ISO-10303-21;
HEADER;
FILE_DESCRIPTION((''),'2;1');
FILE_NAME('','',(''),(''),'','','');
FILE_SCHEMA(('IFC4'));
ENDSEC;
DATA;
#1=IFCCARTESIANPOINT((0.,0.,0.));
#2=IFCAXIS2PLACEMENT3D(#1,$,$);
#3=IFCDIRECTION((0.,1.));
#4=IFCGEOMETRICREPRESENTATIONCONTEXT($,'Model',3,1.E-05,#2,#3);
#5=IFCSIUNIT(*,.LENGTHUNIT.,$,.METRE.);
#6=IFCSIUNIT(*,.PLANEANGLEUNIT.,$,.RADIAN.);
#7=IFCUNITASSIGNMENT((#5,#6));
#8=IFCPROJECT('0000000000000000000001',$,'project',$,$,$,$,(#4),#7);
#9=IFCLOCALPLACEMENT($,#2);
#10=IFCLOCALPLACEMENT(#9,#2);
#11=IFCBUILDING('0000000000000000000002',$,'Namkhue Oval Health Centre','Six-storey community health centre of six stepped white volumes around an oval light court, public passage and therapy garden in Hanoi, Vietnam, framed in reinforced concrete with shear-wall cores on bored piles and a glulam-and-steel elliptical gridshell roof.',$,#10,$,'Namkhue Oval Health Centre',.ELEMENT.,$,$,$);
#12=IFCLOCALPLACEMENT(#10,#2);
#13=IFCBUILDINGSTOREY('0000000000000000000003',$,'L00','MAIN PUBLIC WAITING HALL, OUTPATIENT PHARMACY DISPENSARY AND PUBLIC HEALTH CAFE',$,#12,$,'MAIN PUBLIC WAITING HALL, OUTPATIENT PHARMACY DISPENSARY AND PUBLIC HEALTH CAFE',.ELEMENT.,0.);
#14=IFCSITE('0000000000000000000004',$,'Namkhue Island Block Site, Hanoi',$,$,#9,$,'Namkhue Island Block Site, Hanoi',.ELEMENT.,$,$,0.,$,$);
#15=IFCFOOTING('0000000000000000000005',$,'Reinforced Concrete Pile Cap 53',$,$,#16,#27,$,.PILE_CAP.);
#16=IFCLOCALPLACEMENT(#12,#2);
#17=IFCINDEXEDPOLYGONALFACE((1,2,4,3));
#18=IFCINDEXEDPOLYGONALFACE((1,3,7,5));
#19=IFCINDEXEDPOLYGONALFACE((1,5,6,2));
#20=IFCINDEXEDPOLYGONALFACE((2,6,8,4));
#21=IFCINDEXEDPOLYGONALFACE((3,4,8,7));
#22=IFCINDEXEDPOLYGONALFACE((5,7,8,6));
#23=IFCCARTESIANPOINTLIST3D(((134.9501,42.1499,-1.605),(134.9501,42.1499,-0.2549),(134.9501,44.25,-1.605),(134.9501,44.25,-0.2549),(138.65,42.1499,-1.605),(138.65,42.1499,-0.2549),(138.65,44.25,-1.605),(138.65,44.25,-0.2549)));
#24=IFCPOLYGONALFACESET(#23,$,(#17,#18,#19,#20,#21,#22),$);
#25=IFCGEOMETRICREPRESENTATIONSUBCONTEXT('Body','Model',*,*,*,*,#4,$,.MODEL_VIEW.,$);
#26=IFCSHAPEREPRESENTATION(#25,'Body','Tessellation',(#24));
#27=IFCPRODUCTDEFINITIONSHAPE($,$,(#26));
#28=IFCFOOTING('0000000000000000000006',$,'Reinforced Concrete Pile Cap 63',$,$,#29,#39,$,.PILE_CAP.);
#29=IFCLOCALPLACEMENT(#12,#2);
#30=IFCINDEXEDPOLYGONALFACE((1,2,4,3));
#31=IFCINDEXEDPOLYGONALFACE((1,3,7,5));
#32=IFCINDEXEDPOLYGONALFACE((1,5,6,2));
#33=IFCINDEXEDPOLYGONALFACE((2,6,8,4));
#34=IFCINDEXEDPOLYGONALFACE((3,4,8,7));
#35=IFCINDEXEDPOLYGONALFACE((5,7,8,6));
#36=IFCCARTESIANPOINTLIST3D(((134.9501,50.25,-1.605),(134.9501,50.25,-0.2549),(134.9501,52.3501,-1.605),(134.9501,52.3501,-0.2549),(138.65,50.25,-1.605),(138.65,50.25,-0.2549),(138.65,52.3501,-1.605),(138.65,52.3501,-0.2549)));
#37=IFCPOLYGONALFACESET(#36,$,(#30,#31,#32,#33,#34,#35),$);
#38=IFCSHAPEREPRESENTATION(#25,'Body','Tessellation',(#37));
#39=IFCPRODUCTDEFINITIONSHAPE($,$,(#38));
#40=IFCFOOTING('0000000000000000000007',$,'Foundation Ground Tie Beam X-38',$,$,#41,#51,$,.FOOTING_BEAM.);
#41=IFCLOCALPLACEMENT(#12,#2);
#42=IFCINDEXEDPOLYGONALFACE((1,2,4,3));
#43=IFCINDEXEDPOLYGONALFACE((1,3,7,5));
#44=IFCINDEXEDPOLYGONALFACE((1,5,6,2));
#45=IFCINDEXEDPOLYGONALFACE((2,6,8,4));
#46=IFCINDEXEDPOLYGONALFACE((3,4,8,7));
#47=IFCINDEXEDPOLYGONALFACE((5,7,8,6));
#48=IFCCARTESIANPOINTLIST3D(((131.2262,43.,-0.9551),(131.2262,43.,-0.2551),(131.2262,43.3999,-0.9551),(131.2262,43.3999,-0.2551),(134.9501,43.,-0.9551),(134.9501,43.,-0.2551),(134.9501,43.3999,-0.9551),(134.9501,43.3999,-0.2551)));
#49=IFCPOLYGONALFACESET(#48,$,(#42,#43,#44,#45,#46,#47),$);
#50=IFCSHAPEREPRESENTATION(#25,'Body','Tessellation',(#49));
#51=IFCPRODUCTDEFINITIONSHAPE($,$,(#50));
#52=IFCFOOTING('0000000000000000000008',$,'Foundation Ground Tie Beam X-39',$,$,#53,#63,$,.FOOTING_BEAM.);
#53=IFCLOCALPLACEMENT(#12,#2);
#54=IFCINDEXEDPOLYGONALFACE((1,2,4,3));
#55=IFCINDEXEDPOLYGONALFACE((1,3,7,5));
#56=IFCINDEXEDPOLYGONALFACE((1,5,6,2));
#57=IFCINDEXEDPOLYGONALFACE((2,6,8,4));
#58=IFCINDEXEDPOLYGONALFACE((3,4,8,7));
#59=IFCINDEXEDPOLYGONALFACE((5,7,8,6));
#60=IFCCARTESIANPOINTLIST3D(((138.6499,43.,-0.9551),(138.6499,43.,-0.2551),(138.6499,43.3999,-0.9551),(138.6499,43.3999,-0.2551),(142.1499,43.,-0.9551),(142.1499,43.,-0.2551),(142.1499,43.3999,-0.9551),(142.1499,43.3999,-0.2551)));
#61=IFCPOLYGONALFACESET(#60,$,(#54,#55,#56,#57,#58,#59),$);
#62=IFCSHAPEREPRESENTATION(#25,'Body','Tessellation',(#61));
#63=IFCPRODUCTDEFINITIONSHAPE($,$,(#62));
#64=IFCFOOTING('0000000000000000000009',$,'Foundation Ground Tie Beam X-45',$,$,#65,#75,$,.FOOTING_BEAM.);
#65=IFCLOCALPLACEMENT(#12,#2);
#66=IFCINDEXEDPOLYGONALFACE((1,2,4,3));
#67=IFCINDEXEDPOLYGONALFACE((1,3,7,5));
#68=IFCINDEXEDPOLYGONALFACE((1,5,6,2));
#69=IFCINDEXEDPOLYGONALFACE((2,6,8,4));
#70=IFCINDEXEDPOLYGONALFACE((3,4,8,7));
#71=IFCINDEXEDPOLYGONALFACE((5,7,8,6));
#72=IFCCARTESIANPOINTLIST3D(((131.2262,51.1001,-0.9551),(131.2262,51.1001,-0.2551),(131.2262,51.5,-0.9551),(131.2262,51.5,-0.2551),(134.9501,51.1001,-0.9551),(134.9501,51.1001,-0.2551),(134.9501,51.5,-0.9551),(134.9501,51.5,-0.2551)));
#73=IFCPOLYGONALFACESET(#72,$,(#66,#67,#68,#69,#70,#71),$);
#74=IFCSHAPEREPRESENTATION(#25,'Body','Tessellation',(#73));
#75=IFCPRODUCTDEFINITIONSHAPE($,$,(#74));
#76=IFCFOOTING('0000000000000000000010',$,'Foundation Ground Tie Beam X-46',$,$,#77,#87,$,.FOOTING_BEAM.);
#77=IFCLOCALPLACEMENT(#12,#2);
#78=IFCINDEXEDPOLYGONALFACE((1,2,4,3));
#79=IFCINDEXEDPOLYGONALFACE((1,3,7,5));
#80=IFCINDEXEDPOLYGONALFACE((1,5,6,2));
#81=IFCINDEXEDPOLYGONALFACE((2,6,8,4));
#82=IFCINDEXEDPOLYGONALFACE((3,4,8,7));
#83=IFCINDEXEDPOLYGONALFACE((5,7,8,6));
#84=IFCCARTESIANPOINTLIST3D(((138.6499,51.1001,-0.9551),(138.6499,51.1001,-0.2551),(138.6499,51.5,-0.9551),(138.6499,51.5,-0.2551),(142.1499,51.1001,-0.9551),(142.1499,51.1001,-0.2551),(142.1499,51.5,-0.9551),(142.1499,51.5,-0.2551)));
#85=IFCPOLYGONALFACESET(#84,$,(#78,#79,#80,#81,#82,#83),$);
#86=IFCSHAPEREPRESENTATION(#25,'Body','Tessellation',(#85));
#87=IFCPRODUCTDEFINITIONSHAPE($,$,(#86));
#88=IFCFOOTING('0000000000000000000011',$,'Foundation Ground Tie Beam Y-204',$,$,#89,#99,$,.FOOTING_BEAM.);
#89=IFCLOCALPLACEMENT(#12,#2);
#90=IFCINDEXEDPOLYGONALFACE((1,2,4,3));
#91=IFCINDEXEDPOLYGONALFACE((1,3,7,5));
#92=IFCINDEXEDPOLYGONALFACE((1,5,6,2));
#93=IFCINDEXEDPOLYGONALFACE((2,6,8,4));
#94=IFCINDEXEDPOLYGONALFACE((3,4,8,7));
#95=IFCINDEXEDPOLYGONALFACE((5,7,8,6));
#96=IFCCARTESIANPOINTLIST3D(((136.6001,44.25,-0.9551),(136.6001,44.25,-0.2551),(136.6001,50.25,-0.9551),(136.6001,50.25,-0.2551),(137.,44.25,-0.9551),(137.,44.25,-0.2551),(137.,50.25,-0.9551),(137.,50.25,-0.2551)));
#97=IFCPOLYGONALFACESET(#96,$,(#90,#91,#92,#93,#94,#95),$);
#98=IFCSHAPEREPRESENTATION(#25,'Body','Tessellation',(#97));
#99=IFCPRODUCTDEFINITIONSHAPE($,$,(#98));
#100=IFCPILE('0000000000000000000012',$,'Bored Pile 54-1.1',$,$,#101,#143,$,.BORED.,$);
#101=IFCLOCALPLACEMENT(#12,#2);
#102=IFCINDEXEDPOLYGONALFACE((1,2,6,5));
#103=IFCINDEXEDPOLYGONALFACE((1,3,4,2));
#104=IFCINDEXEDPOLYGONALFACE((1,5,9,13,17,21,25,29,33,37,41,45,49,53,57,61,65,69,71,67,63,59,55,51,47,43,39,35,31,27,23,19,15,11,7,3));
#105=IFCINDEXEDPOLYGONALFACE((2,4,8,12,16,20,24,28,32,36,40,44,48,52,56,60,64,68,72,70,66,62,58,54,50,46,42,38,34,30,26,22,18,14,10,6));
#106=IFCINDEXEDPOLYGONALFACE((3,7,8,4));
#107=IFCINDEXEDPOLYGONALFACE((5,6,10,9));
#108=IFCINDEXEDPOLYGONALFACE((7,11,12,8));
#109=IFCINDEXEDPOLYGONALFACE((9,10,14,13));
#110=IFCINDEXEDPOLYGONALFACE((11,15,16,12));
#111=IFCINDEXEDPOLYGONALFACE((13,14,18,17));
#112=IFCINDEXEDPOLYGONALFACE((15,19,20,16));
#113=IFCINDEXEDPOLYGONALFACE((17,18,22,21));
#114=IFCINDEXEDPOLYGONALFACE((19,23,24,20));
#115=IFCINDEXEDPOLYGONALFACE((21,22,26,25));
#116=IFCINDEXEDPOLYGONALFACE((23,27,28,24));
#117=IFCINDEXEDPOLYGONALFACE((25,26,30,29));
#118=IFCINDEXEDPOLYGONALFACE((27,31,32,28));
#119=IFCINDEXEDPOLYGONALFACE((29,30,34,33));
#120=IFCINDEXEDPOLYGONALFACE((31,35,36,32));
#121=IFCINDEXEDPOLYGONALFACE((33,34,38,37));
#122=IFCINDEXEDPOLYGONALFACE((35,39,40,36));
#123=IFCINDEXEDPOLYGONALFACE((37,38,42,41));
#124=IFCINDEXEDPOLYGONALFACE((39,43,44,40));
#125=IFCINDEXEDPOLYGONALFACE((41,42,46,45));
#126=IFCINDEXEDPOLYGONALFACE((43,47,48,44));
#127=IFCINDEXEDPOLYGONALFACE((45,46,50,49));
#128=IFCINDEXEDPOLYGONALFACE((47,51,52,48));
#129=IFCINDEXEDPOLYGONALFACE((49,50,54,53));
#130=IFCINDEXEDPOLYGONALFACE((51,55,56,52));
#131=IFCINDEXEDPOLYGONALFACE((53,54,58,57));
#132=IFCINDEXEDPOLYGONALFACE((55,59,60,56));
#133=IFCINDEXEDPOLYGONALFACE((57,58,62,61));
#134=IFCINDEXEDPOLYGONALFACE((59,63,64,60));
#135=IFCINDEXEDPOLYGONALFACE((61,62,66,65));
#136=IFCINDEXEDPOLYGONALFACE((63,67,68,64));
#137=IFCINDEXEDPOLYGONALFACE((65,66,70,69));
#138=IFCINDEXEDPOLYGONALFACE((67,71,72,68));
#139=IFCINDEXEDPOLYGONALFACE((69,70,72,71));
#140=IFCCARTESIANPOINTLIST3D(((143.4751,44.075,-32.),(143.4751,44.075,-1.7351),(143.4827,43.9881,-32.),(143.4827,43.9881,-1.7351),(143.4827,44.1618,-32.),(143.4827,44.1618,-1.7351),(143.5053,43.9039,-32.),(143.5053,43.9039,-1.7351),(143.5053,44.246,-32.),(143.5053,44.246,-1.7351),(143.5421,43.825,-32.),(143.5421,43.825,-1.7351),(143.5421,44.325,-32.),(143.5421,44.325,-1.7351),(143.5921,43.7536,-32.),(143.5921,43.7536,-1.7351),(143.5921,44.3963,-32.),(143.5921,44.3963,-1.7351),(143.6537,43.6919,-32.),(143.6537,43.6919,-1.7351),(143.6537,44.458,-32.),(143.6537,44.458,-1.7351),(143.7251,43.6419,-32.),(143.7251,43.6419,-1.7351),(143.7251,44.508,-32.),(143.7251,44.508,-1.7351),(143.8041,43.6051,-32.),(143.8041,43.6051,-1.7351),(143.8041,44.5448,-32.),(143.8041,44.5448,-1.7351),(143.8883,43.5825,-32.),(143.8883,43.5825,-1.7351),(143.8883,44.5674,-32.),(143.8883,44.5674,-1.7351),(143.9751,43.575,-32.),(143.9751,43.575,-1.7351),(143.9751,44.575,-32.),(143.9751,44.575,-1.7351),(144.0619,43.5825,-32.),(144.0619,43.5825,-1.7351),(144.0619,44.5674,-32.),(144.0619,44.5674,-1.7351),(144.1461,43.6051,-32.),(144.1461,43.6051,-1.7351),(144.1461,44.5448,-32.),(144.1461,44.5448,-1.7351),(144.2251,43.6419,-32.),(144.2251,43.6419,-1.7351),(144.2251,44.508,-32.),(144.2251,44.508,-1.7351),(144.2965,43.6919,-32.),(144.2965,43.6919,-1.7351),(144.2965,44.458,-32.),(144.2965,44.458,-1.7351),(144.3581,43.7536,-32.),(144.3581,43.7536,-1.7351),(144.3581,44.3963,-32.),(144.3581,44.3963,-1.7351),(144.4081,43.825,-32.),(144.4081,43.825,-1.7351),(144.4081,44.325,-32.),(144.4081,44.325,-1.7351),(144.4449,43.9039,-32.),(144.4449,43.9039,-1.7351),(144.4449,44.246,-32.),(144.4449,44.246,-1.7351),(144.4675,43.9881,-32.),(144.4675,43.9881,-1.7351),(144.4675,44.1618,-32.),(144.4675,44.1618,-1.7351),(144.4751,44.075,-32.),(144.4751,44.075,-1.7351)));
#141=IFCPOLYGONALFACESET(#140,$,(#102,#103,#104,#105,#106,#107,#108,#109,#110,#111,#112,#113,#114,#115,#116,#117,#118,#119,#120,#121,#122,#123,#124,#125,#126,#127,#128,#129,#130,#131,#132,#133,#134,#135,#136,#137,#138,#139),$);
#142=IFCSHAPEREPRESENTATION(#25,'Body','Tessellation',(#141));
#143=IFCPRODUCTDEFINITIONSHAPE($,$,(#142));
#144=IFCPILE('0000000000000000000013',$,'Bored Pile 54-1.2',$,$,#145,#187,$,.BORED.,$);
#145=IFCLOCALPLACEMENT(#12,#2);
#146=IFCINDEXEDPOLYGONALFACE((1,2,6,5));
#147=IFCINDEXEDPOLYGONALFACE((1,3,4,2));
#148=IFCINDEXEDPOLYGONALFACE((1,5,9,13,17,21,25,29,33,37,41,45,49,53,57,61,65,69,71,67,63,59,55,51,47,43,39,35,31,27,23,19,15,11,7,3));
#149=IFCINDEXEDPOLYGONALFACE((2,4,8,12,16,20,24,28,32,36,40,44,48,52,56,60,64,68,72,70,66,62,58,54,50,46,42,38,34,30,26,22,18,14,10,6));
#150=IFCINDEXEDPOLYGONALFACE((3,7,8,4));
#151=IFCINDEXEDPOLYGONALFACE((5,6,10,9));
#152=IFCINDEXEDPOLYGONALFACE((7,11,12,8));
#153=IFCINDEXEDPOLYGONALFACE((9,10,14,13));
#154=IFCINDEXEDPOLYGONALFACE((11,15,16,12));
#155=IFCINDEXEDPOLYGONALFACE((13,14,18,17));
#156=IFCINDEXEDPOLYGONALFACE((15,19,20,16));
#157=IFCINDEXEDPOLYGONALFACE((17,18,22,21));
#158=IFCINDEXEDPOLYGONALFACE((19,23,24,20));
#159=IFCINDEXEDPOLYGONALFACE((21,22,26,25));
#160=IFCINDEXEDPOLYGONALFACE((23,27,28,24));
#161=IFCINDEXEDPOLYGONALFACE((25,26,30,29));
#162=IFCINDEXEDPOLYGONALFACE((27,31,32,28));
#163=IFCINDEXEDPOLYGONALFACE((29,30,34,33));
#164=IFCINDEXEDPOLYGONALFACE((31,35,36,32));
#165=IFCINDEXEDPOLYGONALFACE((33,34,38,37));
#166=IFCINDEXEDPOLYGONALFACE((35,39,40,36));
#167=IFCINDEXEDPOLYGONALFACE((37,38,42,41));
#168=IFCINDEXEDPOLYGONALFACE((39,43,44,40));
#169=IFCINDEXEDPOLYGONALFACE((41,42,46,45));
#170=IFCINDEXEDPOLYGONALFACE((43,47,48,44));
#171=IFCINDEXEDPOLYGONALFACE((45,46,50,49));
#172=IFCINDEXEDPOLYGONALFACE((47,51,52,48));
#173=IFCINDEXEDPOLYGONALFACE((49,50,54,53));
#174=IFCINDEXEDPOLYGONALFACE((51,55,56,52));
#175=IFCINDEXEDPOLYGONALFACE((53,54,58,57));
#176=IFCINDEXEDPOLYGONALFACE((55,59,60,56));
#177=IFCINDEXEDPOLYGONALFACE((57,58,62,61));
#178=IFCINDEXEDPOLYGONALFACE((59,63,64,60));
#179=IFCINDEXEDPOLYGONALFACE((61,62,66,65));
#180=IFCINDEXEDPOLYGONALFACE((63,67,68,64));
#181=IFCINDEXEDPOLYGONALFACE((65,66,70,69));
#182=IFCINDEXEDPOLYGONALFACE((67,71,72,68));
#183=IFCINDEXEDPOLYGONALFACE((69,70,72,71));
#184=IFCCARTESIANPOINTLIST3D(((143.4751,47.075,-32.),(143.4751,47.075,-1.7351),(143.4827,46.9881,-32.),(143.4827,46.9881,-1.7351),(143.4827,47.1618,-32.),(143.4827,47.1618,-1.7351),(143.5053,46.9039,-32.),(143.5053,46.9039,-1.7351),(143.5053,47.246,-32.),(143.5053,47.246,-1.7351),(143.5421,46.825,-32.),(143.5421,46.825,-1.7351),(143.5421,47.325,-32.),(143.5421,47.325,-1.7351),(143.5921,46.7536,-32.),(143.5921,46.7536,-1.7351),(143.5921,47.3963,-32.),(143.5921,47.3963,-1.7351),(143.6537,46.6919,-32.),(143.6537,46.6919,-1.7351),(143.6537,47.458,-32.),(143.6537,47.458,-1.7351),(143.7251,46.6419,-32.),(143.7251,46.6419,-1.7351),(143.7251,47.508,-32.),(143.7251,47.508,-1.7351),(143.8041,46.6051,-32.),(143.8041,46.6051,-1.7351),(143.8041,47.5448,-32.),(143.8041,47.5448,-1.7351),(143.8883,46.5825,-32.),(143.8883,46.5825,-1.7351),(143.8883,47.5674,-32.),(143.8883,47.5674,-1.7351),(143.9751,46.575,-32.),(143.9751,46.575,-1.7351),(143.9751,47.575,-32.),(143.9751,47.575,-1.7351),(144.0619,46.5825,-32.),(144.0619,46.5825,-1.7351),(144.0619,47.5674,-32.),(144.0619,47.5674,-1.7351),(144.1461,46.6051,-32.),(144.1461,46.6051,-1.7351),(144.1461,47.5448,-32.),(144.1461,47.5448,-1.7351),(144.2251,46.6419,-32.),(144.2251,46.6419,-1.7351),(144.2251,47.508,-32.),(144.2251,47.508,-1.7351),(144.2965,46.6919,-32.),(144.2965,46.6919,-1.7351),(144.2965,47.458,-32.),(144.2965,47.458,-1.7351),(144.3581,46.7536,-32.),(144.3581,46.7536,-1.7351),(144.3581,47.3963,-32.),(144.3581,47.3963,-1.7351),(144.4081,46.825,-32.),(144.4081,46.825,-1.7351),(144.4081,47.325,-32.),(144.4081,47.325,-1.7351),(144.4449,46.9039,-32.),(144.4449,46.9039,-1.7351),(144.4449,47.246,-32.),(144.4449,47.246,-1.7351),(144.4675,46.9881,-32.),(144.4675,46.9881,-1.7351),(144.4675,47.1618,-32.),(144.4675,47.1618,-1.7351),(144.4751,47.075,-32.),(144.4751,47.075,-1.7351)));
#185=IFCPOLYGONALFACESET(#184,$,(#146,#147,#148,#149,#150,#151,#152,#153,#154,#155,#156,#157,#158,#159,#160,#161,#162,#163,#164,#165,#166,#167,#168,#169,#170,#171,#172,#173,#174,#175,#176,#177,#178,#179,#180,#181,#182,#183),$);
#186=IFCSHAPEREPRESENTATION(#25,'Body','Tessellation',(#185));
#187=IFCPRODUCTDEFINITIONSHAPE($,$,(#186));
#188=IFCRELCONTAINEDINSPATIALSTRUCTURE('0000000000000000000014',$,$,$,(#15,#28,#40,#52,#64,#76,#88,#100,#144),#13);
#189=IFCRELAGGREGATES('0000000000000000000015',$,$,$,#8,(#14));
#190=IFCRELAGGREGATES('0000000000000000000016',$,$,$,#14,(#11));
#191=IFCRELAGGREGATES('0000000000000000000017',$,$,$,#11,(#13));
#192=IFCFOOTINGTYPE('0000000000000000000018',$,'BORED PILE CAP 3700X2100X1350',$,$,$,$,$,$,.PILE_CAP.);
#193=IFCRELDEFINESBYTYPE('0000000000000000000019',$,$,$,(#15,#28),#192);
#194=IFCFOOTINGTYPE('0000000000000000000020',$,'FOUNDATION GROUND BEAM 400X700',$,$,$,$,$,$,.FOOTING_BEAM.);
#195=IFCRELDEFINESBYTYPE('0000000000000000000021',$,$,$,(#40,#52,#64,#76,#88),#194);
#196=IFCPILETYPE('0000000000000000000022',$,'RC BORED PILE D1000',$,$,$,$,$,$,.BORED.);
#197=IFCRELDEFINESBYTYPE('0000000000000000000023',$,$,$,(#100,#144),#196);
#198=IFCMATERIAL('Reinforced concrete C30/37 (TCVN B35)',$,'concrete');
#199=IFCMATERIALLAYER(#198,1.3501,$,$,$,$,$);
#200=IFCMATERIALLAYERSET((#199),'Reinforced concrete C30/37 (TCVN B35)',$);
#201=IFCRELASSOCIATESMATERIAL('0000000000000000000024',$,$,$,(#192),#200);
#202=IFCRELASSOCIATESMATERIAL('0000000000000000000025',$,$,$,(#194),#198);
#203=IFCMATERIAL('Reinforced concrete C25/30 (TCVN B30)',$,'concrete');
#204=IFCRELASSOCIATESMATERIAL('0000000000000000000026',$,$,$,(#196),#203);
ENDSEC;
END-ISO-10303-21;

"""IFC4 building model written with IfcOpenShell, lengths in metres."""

from ifc_helpers import new_model, si_unit, direction, frame, origin, origin_2d, place, context, subcontext, project, spatial, rectangle, circle, extrude, material, layer, layer_set, material_profile, profile_set, type_object, element, save


model = new_model("IFC4")

# Units and contexts
model_context = context("Model", 3, precision=1e-05, world=origin(), true_north=direction((0.0, 1.0)))
body_context = subcontext(model_context, "Body", "Model", "MODEL_VIEW")
ifc_project = project(units=[si_unit("LENGTHUNIT", "METRE"), si_unit("PLANEANGLEUNIT", "RADIAN")], contexts=[model_context])

# Site, building, storey
site_placement = place(None, origin())
site = spatial("IfcSite", under=ifc_project, at=site_placement, Name="Namkhue Island Block Site, Hanoi", LongName="Namkhue Island Block Site, Hanoi", CompositionType="ELEMENT", RefElevation=0.0)
building_placement = place(site_placement, origin())
building = spatial("IfcBuilding", under=site, at=building_placement, Name="Namkhue Oval Health Centre", Description="Six-storey community health centre of six stepped white volumes around an oval light court, public passage and therapy garden in Hanoi, Vietnam, framed in reinforced concrete with shear-wall cores on bored piles and a glulam-and-steel elliptical gridshell roof.", LongName="Namkhue Oval Health Centre", CompositionType="ELEMENT")
storey_placement = place(building_placement, origin())
storey = spatial("IfcBuildingStorey", under=building, at=storey_placement, Name="L00", Description="MAIN PUBLIC WAITING HALL, OUTPATIENT PHARMACY DISPENSARY AND PUBLIC HEALTH CAFE", LongName="MAIN PUBLIC WAITING HALL, OUTPATIENT PHARMACY DISPENSARY AND PUBLIC HEALTH CAFE", CompositionType="ELEMENT", Elevation=0.0)

# Footings
ifc_material_1 = material(Name="Reinforced concrete C30/37 (TCVN B35)", Category="concrete")
ifc_layer_1 = layer(ifc_material_1, 1.3501)
ifc_layer_set_1 = layer_set([ifc_layer_1], Name="Reinforced concrete C30/37 (TCVN B35)")
footing_type_1 = type_object("IfcFootingType", Name="BORED PILE CAP 3700X2100X1350", PredefinedType="PILE_CAP", material=ifc_layer_set_1)
for number, where, z_axis, x_axis, name in (
    (1, (136.8, 43.2, -1.605), (0.0, 0.0, 1.0), (1.0, 0.0, 0.0), "Reinforced Concrete Pile Cap 53"),
    (2, (136.8, 51.3, -1.605), (0.0, 0.0, 1.0), (1.0, 0.0, 0.0), "Reinforced Concrete Pile Cap 63"),
):
    element("IfcFooting", number, at=place(storey_placement, frame(where, z_axis=z_axis, x_axis=x_axis)), inside=storey, type_object=footing_type_1, Name=name, PredefinedType="PILE_CAP", context=body_context, shape_type="SweptSolid", body=[
        extrude(rectangle(XDim=3.7, YDim=2.1001, at=origin_2d()), origin(), (0.0, 0.0, 1.0), 1.3501),
    ])
footing_type_2 = type_object("IfcFootingType", Name="FOUNDATION GROUND BEAM 400X700", PredefinedType="FOOTING_BEAM", material=ifc_material_1)
footing_1_placement = place(storey_placement, frame((133.0881, 43.2, -0.9551), z_axis=(0.0, 0.0, 1.0), x_axis=(1.0, 0.0, 0.0)))
element("IfcFooting", 3, at=footing_1_placement, inside=storey, type_object=footing_type_2, Name="Foundation Ground Tie Beam X-38", PredefinedType="FOOTING_BEAM", context=body_context, shape_type="SweptSolid", body=[
    extrude(rectangle(XDim=3.7239, YDim=0.3999, at=origin_2d()), origin(), (0.0, 0.0, 1.0), 0.7),
])
footing_2_placement = place(storey_placement, frame((140.3999, 43.2, -0.9551), z_axis=(0.0, 0.0, 1.0), x_axis=(1.0, 0.0, 0.0)))
element("IfcFooting", 4, at=footing_2_placement, inside=storey, type_object=footing_type_2, Name="Foundation Ground Tie Beam X-39", PredefinedType="FOOTING_BEAM", context=body_context, shape_type="SweptSolid", body=[
    extrude(rectangle(XDim=3.5, YDim=0.3999, at=origin_2d()), origin(), (0.0, 0.0, 1.0), 0.7),
])
footing_3_placement = place(storey_placement, frame((133.0881, 51.3, -0.9551), z_axis=(0.0, 0.0, 1.0), x_axis=(1.0, 0.0, 0.0)))
element("IfcFooting", 5, at=footing_3_placement, inside=storey, type_object=footing_type_2, Name="Foundation Ground Tie Beam X-45", PredefinedType="FOOTING_BEAM", context=body_context, shape_type="SweptSolid", body=[
    extrude(rectangle(XDim=3.7239, YDim=0.3999, at=origin_2d()), origin(), (0.0, 0.0, 1.0), 0.7),
])
footing_4_placement = place(storey_placement, frame((140.3999, 51.3, -0.9551), z_axis=(0.0, 0.0, 1.0), x_axis=(1.0, 0.0, 0.0)))
element("IfcFooting", 6, at=footing_4_placement, inside=storey, type_object=footing_type_2, Name="Foundation Ground Tie Beam X-46", PredefinedType="FOOTING_BEAM", context=body_context, shape_type="SweptSolid", body=[
    extrude(rectangle(XDim=3.5, YDim=0.3999, at=origin_2d()), origin(), (0.0, 0.0, 1.0), 0.7),
])
footing_5_placement = place(storey_placement, frame((136.8, 47.25, -0.9551), z_axis=(0.0, 0.0, 1.0), x_axis=(0.0, 1.0, 0.0)))
element("IfcFooting", 7, at=footing_5_placement, inside=storey, type_object=footing_type_2, Name="Foundation Ground Tie Beam Y-204", PredefinedType="FOOTING_BEAM", context=body_context, shape_type="SweptSolid", body=[
    extrude(rectangle(XDim=6.0, YDim=0.3999, at=origin_2d()), origin(), (0.0, 0.0, 1.0), 0.7),
])

# Piles
ifc_material_2 = material(Name="Reinforced concrete C25/30 (TCVN B30)", Category="concrete")
ifc_material_profile_1 = material_profile(ifc_material_2, circle(Radius=0.5, at=origin_2d()), Name="BORED PILE D1000")
ifc_profile_set_1 = profile_set([ifc_material_profile_1], Name="Reinforced concrete C25/30 (TCVN B30)")
pile_type_1 = type_object("IfcPileType", Name="RC BORED PILE D1000", PredefinedType="BORED", material=ifc_profile_set_1)
for number, where, z_axis, x_axis, name in (
    (8, (143.9751, 44.075, -1.7351), (0.0, 0.0, -1.0), (1.0, 0.0, 0.0), "Bored Pile 54-1.1"),
    (9, (143.9751, 47.075, -1.7351), (0.0, 0.0, -1.0), (1.0, 0.0, 0.0), "Bored Pile 54-1.2"),
):
    element("IfcPile", number, at=place(storey_placement, frame(where, z_axis=z_axis, x_axis=x_axis)), inside=storey, type_object=pile_type_1, Name=name, PredefinedType="BORED", context=body_context, shape_type="SweptSolid", body=[
        extrude(circle(Radius=0.5, at=origin_2d()), origin(), (0.0, 0.0, 1.0), 30.2649),
    ])

save(model, "model.ifc")
